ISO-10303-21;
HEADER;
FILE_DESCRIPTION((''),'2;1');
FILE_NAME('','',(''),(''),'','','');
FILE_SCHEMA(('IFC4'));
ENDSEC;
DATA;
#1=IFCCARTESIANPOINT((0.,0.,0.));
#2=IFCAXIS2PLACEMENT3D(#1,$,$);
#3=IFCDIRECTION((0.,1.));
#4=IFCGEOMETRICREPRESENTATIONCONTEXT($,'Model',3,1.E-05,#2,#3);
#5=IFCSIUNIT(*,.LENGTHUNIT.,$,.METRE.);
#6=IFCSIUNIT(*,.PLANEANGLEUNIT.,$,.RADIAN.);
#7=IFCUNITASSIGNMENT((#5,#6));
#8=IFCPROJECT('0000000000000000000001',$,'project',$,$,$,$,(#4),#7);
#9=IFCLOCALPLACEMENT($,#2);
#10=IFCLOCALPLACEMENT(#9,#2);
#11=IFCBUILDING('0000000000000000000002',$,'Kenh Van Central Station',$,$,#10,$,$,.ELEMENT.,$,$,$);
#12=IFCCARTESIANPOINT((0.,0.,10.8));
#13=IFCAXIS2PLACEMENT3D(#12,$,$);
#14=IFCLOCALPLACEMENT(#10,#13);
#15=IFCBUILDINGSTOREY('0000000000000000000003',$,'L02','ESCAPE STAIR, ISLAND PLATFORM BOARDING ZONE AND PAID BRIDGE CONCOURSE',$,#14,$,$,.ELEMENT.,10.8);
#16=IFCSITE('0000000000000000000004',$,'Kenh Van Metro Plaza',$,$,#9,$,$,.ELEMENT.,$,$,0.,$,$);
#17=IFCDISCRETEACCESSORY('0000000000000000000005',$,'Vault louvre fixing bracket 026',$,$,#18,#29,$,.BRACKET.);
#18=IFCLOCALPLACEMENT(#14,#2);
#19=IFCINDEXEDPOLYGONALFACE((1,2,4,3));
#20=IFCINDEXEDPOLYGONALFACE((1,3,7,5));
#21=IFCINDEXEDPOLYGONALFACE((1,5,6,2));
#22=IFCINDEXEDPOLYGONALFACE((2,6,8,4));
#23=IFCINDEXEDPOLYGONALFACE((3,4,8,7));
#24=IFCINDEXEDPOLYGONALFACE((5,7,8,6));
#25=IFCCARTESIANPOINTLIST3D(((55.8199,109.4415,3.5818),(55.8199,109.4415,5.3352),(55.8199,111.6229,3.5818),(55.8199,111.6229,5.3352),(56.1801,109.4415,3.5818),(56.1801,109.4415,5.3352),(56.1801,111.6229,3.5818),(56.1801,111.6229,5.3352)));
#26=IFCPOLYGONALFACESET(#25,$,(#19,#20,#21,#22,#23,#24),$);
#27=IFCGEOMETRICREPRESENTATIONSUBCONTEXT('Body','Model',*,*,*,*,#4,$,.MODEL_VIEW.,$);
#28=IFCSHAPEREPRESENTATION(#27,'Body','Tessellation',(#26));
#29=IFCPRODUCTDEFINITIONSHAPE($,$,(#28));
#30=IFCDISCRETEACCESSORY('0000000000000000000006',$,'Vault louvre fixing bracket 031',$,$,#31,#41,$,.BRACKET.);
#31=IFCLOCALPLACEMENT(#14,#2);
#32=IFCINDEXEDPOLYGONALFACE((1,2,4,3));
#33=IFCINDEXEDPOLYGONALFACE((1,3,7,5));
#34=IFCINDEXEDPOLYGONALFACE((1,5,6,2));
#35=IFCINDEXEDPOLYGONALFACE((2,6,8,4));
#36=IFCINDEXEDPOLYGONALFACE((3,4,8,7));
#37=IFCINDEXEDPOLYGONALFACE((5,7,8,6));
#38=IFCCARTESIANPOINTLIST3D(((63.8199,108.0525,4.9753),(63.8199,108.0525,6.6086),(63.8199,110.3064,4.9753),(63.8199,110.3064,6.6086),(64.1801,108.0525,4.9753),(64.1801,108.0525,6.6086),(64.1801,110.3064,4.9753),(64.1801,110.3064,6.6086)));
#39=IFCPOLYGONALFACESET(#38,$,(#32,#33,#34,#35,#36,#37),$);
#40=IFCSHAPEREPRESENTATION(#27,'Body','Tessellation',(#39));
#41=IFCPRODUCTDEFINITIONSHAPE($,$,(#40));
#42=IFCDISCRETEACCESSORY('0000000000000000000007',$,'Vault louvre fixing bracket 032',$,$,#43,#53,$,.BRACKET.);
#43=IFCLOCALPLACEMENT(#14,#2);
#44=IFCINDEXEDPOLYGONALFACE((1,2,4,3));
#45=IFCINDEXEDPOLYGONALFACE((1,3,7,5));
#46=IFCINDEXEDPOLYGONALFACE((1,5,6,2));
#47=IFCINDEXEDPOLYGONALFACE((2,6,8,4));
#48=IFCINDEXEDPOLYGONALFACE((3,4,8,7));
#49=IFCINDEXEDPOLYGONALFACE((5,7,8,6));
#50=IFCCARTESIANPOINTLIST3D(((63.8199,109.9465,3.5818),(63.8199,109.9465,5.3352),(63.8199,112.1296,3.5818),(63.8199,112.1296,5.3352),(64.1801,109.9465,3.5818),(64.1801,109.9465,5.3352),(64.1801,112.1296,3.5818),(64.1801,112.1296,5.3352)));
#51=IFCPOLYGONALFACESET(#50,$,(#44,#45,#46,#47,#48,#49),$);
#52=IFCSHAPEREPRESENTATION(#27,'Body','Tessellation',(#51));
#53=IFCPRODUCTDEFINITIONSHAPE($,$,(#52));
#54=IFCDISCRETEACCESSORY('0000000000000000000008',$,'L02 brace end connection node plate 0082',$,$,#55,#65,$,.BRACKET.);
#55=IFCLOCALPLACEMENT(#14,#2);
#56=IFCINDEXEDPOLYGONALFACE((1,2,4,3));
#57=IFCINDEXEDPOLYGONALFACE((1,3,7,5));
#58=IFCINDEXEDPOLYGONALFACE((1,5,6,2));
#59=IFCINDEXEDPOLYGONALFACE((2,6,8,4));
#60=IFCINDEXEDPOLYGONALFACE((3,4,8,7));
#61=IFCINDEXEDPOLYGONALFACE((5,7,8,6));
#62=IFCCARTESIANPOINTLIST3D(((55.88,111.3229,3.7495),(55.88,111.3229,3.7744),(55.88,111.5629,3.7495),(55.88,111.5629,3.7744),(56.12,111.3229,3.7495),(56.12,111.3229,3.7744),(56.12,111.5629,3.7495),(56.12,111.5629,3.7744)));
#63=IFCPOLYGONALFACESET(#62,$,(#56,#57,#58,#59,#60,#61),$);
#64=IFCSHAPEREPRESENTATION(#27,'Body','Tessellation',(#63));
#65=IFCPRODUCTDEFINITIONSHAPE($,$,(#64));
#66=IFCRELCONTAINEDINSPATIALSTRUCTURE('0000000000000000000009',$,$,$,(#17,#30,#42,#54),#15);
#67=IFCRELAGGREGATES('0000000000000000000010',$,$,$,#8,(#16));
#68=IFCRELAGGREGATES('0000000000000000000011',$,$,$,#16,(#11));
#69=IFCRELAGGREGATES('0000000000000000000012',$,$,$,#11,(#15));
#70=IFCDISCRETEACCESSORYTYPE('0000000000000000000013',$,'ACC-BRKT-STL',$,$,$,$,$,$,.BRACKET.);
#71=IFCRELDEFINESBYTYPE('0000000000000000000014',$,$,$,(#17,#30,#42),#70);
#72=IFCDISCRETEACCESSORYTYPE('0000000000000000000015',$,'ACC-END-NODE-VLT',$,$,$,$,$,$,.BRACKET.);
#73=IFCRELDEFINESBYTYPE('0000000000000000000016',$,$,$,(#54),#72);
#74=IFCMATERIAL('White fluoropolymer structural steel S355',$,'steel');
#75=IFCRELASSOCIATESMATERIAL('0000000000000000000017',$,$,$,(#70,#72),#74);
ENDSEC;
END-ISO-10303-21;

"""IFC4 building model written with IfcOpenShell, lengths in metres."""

from ifc_helpers import new_model, si_unit, direction, frame, origin, origin_2d, place, context, subcontext, project, spatial, rectangle, extrude, material, type_object, element, save


model = new_model("IFC4")

# Units and contexts
model_context = context("Model", 3, precision=1e-05, world=origin(), true_north=direction((0.0, 1.0)))
body_context = subcontext(model_context, "Body", "Model", "MODEL_VIEW")
ifc_project = project(units=[si_unit("LENGTHUNIT", "METRE"), si_unit("PLANEANGLEUNIT", "RADIAN")], contexts=[model_context])

# Site, building, storey
site_placement = place(None, origin())
site = spatial("IfcSite", under=ifc_project, at=site_placement, Name="Kenh Van Metro Plaza", CompositionType="ELEMENT", RefElevation=0.0)
building_placement = place(site_placement, origin())
building = spatial("IfcBuilding", under=site, at=building_placement, Name="Kenh Van Central Station", CompositionType="ELEMENT")
storey_placement = place(building_placement, frame((0.0, 0.0, 10.8)))
storey = spatial("IfcBuildingStorey", under=building, at=storey_placement, Name="L02", Description="ESCAPE STAIR, ISLAND PLATFORM BOARDING ZONE AND PAID BRIDGE CONCOURSE", CompositionType="ELEMENT", Elevation=10.8)

# Shared definitions
ifc_material_1 = material(Name="White fluoropolymer structural steel S355", Category="steel")

# Discrete accessories
discrete_accessory_type_1 = type_object("IfcDiscreteAccessoryType", Name="ACC-BRKT-STL", PredefinedType="BRACKET", material=ifc_material_1)
discrete_accessory_1_placement = place(storey_placement, frame((56.0, 110.5322, 3.5818), z_axis=(0.0, 0.0, 1.0), x_axis=(1.0, 0.0, 0.0)))
element("IfcDiscreteAccessory", 1, at=discrete_accessory_1_placement, inside=storey, type_object=discrete_accessory_type_1, Name="Vault louvre fixing bracket 026", PredefinedType="BRACKET", context=body_context, shape_type="SweptSolid", body=[
    extrude(rectangle(XDim=0.3601, YDim=2.1814, at=origin_2d()), origin(), (0.0, 0.0, 1.0), 1.7534),
])
discrete_accessory_2_placement = place(storey_placement, frame((64.0, 109.1794, 4.9753), z_axis=(0.0, 0.0, 1.0), x_axis=(1.0, 0.0, 0.0)))
element("IfcDiscreteAccessory", 2, at=discrete_accessory_2_placement, inside=storey, type_object=discrete_accessory_type_1, Name="Vault louvre fixing bracket 031", PredefinedType="BRACKET", context=body_context, shape_type="SweptSolid", body=[
    extrude(rectangle(XDim=0.3601, YDim=2.2539, at=origin_2d()), origin(), (0.0, 0.0, 1.0), 1.6333),
])
discrete_accessory_3_placement = place(storey_placement, frame((64.0, 111.0381, 3.5818), z_axis=(0.0, 0.0, 1.0), x_axis=(1.0, 0.0, 0.0)))
element("IfcDiscreteAccessory", 3, at=discrete_accessory_3_placement, inside=storey, type_object=discrete_accessory_type_1, Name="Vault louvre fixing bracket 032", PredefinedType="BRACKET", context=body_context, shape_type="SweptSolid", body=[
    extrude(rectangle(XDim=0.3601, YDim=2.1831, at=origin_2d()), origin(), (0.0, 0.0, 1.0), 1.7534),
])
discrete_accessory_type_2 = type_object("IfcDiscreteAccessoryType", Name="ACC-END-NODE-VLT", PredefinedType="BRACKET", material=ifc_material_1)
discrete_accessory_4_placement = place(storey_placement, frame((56.0, 111.4429, 3.7495), z_axis=(0.0, 0.0, 1.0), x_axis=(1.0, 0.0, 0.0)))
element("IfcDiscreteAccessory", 4, at=discrete_accessory_4_placement, inside=storey, type_object=discrete_accessory_type_2, Name="L02 brace end connection node plate 0082", PredefinedType="BRACKET", context=body_context, shape_type="SweptSolid", body=[
    extrude(rectangle(XDim=0.24, YDim=0.24, at=origin_2d()), origin(), (0.0, 0.0, 1.0), 0.0249),
])

save(model, "model.ifc")
